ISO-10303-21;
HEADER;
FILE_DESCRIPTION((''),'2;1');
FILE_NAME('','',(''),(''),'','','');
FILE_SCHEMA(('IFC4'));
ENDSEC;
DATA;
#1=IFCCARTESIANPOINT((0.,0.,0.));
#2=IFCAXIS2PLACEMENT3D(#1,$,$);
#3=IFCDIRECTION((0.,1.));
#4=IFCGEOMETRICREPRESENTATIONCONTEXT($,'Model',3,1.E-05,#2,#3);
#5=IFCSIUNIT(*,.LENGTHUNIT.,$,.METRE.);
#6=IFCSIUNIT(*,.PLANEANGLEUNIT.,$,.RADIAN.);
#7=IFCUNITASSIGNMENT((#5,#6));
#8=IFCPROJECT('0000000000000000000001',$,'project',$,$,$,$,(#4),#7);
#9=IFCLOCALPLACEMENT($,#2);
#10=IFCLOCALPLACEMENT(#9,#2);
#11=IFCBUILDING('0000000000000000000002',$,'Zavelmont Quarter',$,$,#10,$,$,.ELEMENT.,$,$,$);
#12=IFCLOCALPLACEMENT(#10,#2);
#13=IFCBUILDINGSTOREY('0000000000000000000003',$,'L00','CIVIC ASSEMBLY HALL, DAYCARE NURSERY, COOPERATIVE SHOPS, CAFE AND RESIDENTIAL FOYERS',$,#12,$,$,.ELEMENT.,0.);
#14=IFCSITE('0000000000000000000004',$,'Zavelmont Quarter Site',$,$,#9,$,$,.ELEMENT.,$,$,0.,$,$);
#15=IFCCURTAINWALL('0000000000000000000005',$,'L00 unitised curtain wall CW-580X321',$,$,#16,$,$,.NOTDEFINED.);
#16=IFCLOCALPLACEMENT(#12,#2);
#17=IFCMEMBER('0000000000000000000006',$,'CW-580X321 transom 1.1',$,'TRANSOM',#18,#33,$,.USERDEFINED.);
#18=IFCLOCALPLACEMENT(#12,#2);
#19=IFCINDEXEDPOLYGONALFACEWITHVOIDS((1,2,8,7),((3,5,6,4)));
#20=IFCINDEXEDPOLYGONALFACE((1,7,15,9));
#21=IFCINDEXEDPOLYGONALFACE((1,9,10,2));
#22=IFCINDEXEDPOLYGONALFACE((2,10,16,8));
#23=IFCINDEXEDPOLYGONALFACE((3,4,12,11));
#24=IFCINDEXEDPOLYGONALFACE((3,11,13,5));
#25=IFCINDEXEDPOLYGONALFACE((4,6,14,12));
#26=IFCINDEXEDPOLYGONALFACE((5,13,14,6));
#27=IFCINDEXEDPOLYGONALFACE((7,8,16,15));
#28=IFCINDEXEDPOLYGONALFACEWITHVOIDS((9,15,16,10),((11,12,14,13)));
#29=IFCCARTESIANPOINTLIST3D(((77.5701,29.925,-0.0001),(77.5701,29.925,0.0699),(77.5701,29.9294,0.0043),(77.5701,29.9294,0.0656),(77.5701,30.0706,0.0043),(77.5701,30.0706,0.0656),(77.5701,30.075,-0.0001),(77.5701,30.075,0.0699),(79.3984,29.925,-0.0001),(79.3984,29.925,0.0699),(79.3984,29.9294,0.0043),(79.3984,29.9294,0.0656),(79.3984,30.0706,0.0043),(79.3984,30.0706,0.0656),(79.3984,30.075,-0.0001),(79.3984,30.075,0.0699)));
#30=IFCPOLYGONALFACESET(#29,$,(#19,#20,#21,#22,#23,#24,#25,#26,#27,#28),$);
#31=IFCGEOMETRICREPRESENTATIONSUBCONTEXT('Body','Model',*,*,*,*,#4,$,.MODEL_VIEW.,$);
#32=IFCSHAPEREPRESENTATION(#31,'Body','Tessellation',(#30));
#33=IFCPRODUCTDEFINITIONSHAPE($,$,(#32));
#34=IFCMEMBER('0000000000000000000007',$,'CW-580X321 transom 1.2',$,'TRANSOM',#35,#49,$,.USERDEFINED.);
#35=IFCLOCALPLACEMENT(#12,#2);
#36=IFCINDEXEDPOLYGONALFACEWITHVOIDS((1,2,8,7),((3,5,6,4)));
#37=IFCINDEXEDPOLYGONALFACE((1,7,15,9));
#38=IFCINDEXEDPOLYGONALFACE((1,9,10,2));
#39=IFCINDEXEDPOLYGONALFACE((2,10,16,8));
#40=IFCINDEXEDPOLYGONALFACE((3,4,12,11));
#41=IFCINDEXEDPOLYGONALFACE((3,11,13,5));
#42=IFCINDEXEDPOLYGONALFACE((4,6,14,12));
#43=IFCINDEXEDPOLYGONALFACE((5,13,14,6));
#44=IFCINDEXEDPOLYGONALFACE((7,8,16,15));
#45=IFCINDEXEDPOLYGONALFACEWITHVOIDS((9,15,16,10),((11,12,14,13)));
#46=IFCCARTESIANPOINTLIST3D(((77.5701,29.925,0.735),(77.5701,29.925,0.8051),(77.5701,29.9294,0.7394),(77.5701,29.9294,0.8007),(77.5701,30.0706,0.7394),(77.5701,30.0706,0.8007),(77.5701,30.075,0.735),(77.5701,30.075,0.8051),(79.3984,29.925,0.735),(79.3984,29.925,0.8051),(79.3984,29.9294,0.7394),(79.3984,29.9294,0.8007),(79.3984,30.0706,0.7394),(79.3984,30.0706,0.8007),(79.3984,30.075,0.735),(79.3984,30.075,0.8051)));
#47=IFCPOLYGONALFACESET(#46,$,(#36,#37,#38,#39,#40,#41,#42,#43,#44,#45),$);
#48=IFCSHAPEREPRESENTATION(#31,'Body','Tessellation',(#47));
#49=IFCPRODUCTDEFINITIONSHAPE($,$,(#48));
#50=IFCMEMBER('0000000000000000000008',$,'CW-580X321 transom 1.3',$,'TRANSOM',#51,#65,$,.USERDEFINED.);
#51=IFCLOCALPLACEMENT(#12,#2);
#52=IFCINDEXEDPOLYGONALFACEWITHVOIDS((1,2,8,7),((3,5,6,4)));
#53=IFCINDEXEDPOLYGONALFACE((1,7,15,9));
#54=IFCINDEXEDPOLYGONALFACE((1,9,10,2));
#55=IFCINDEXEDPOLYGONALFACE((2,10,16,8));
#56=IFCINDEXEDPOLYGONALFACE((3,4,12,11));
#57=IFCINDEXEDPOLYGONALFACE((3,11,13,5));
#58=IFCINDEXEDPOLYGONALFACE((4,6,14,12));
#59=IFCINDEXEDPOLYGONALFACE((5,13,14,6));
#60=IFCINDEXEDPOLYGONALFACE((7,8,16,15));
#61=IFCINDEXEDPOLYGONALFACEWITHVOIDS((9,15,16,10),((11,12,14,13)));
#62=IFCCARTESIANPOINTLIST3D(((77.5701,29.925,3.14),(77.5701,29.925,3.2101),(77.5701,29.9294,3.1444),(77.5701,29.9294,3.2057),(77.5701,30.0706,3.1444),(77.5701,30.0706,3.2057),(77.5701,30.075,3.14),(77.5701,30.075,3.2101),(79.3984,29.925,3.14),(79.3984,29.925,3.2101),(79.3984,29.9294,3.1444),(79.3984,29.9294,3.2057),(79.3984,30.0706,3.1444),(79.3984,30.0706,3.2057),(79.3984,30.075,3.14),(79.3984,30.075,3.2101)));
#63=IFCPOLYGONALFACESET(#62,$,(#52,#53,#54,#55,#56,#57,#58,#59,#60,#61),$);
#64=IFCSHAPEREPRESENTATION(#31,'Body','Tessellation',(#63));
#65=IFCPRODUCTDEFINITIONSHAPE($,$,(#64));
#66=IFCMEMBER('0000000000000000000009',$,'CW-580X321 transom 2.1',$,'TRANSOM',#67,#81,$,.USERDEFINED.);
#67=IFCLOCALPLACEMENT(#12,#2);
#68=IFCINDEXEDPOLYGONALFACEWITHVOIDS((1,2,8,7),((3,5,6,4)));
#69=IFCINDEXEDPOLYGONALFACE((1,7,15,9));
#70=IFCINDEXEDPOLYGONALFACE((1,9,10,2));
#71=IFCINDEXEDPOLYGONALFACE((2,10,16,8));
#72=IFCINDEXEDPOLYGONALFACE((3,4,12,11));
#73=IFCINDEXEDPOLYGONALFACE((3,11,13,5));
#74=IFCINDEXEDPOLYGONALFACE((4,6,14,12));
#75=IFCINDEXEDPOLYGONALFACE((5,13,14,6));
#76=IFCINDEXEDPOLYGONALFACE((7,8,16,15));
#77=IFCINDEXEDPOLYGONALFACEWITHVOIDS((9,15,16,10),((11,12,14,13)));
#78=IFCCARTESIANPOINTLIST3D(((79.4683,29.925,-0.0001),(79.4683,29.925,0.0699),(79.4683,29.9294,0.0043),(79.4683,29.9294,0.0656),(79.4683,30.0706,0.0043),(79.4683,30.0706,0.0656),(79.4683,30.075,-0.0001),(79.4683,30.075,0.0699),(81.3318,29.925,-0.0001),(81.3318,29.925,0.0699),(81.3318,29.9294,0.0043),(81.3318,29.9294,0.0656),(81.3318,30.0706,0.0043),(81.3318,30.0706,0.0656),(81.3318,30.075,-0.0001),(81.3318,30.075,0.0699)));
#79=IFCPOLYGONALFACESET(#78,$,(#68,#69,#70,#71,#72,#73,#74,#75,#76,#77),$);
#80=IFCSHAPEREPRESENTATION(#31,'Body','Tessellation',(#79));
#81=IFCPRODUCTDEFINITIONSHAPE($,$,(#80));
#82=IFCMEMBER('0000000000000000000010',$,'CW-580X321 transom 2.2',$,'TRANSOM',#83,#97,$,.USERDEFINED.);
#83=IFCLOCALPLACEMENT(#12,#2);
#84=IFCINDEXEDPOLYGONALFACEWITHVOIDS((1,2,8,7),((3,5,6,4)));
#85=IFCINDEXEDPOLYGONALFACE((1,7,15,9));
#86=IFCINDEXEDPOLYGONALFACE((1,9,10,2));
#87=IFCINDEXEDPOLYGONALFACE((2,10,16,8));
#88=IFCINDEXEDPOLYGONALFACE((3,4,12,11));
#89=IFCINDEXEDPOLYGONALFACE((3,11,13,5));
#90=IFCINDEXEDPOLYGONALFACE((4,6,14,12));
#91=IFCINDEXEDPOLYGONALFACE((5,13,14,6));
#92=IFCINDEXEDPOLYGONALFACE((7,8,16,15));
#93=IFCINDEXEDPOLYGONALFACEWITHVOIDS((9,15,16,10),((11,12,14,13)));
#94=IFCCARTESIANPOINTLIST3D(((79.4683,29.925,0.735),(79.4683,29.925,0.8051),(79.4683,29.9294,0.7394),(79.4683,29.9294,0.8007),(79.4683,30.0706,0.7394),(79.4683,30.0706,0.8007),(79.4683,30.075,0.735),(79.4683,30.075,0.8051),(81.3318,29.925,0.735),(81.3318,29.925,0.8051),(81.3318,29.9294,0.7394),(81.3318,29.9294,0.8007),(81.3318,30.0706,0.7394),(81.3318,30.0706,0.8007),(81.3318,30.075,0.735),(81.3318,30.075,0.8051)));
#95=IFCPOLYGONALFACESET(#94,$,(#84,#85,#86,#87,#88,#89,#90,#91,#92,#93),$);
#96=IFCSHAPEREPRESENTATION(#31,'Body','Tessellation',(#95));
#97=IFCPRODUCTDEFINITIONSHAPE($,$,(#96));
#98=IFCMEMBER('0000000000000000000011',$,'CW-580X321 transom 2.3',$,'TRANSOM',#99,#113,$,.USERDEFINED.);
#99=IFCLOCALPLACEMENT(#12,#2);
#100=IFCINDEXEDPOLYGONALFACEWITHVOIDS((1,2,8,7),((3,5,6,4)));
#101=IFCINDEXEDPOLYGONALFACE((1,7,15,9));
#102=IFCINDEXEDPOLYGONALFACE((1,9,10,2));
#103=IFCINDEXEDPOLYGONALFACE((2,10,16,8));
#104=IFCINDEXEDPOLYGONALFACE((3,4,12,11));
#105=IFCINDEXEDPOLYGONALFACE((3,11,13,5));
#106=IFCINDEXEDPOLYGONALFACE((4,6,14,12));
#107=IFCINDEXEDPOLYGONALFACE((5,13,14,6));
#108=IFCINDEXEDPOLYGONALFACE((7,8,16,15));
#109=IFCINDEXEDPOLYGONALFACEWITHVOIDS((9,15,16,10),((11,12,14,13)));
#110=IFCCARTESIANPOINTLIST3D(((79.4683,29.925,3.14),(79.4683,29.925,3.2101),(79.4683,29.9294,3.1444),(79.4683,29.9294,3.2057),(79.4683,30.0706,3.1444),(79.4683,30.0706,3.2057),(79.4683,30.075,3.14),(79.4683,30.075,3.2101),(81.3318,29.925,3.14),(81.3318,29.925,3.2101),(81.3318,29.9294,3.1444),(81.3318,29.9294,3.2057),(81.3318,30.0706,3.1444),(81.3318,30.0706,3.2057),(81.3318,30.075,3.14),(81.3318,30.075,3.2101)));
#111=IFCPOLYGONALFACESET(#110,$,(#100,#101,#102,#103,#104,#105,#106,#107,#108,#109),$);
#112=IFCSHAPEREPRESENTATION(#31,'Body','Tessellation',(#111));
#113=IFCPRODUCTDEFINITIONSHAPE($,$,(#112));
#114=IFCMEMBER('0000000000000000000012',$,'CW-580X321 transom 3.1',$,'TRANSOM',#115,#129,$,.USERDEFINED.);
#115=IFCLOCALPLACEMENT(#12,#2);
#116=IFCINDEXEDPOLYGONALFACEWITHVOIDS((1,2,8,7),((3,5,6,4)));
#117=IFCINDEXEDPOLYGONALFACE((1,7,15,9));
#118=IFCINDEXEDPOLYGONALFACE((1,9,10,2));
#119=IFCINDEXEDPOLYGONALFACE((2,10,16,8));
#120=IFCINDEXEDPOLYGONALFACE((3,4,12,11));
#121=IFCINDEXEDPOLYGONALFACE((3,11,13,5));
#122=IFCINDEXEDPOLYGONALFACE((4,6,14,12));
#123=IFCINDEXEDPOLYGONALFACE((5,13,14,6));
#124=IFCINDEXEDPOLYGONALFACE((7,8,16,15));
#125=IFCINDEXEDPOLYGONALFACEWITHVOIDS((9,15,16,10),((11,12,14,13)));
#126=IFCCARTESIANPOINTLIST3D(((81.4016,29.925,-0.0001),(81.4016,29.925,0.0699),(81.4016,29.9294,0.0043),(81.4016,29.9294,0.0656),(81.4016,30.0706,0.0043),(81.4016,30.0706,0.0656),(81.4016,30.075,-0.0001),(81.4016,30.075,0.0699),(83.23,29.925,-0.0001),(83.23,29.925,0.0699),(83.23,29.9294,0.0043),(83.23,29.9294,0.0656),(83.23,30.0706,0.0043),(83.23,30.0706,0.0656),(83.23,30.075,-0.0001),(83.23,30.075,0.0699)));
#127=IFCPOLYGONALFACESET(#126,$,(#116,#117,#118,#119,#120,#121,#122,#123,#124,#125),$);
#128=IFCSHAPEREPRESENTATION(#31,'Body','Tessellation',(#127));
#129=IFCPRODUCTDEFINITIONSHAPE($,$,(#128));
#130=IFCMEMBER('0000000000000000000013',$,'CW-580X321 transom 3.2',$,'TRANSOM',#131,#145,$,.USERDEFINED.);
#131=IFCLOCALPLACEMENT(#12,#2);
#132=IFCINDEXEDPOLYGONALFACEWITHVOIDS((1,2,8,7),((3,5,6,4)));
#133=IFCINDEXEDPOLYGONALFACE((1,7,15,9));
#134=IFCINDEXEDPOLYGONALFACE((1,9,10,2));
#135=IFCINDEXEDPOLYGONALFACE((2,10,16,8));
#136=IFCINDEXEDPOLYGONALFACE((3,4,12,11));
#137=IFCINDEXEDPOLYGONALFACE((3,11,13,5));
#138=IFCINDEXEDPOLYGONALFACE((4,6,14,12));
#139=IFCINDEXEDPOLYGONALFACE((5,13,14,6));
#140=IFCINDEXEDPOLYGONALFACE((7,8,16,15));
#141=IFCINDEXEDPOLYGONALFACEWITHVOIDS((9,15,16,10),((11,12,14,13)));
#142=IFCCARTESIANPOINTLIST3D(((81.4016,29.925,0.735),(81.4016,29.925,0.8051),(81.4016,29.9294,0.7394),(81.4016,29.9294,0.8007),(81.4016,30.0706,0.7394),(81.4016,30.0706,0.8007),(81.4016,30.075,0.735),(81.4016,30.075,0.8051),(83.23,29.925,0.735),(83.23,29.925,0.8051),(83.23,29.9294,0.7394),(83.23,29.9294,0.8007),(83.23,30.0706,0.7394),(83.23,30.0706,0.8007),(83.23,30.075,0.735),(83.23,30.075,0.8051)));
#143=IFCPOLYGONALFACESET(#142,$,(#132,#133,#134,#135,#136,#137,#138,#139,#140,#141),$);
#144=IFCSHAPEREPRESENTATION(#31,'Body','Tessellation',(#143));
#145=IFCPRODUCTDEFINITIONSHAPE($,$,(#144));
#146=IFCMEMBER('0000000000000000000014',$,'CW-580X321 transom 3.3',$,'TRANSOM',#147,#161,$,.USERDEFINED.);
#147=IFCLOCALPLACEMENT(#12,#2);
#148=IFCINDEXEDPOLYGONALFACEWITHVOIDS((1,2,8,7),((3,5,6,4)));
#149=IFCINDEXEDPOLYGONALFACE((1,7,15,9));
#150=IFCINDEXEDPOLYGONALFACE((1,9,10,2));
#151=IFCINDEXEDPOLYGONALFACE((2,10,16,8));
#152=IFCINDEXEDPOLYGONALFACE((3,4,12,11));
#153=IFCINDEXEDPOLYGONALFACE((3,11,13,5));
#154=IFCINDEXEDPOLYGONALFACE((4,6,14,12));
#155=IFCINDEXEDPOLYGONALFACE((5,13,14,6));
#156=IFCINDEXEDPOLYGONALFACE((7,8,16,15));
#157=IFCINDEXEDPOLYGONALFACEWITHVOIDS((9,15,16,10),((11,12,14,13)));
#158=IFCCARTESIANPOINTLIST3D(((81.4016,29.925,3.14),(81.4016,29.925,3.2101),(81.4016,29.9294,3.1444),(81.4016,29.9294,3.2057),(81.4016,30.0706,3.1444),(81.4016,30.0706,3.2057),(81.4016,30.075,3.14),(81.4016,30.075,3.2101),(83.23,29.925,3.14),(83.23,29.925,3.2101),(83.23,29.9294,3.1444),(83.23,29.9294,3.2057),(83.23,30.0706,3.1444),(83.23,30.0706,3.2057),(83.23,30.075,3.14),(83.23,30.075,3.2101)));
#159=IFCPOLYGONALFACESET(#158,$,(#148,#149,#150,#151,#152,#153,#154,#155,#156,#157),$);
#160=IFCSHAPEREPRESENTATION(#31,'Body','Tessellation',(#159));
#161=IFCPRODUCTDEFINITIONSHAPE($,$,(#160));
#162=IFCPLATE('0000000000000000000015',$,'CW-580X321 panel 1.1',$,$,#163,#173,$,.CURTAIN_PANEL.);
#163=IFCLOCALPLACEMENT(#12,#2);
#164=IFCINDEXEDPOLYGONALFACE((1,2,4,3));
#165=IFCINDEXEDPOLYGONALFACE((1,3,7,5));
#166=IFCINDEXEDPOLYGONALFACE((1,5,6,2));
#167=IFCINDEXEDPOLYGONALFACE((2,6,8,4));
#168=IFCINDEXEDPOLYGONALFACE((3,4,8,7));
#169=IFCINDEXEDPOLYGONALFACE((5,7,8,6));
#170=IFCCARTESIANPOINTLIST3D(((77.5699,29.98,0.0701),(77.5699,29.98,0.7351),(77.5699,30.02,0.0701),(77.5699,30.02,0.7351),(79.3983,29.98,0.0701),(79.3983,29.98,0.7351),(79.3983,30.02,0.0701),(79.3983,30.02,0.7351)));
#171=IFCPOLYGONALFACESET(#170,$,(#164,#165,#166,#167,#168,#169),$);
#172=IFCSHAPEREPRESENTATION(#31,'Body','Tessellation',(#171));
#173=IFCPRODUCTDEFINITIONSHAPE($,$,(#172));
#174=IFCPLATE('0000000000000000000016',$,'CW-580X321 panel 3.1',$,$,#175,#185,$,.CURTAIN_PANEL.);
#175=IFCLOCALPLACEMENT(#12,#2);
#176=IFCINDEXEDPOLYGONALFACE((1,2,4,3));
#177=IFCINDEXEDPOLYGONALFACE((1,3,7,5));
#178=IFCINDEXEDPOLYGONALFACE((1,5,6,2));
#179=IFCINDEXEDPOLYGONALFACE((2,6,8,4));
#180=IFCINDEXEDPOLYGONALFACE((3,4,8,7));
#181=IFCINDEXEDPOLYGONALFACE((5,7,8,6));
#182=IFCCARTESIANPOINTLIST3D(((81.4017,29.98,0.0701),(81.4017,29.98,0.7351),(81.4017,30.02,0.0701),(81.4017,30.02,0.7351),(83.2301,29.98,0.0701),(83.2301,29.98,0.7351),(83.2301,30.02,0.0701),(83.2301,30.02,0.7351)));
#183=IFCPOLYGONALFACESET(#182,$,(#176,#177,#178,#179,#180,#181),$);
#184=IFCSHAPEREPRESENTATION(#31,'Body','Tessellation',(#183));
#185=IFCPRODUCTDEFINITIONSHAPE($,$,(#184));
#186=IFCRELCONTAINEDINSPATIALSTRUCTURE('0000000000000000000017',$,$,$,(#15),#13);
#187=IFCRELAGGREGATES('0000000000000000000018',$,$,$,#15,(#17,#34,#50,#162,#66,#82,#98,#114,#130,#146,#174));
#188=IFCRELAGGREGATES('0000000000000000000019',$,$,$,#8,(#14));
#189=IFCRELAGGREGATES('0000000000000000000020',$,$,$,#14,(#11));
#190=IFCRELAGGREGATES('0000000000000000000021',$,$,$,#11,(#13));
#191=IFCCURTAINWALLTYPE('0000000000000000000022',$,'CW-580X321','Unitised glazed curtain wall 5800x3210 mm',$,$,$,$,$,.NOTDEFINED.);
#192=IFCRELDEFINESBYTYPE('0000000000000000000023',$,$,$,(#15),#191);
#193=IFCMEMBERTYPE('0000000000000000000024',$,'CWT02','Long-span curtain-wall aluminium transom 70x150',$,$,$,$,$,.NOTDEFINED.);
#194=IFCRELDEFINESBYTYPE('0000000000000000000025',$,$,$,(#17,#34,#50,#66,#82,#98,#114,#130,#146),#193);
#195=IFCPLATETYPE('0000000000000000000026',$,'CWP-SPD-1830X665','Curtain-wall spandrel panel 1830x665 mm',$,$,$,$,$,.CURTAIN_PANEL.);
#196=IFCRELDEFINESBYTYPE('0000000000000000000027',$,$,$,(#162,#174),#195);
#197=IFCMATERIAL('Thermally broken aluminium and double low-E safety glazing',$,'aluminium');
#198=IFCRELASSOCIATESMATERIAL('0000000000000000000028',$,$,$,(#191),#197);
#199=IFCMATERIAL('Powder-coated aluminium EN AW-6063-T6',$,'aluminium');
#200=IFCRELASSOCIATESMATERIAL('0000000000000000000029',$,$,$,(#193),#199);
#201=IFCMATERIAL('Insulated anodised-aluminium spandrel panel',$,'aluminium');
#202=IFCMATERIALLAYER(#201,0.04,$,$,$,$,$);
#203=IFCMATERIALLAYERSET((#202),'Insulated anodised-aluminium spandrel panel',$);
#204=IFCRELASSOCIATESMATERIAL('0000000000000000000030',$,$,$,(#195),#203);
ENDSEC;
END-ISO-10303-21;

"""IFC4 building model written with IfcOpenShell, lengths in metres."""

from ifc_helpers import new_model, si_unit, direction, frame, origin, origin_2d, place, context, subcontext, project, spatial, rectangle, hollow_rectangle, extrude, material, layer, layer_set, material_profile, profile_set, type_object, element, aggregate, save


model = new_model("IFC4")

# Units and contexts
model_context = context("Model", 3, precision=1e-05, world=origin(), true_north=direction((0.0, 1.0)))
body_context = subcontext(model_context, "Body", "Model", "MODEL_VIEW")
ifc_project = project(units=[si_unit("LENGTHUNIT", "METRE"), si_unit("PLANEANGLEUNIT", "RADIAN")], contexts=[model_context])

# Site, building, storey
site_placement = place(None, origin())
site = spatial("IfcSite", under=ifc_project, at=site_placement, Name="Zavelmont Quarter Site", CompositionType="ELEMENT", RefElevation=0.0)
building_placement = place(site_placement, origin())
building = spatial("IfcBuilding", under=site, at=building_placement, Name="Zavelmont Quarter", CompositionType="ELEMENT")
storey_placement = place(building_placement, origin())
storey = spatial("IfcBuildingStorey", under=building, at=storey_placement, Name="L00", Description="CIVIC ASSEMBLY HALL, DAYCARE NURSERY, COOPERATIVE SHOPS, CAFE AND RESIDENTIAL FOYERS", CompositionType="ELEMENT", Elevation=0.0)

# Curtain wall, members, plates
ifc_material_1 = material(Name="Thermally broken aluminium and double low-E safety glazing", Category="aluminium")
curtain_wall_type = type_object("IfcCurtainWallType", Name="CW-580X321", Description="Unitised glazed curtain wall 5800x3210 mm", PredefinedType="NOTDEFINED", material=ifc_material_1)
curtain_wall_placement = place(storey_placement, origin())
curtain_wall = element("IfcCurtainWall", 1, at=curtain_wall_placement, inside=storey, type_object=curtain_wall_type, Name="L00 unitised curtain wall CW-580X321", PredefinedType="NOTDEFINED")
ifc_material_2 = material(Name="Powder-coated aluminium EN AW-6063-T6", Category="aluminium")
ifc_material_profile_1 = material_profile(ifc_material_2, hollow_rectangle(XDim=0.1499, YDim=0.0701, WallThickness=0.0044, at=origin_2d()), Name="CWT70X150")
ifc_profile_set_1 = profile_set([ifc_material_profile_1], Name="Powder-coated aluminium EN AW-6063-T6")
member_type_1 = type_object("IfcMemberType", Name="CWT02", Description="Long-span curtain-wall aluminium transom 70x150", PredefinedType="NOTDEFINED", material=ifc_profile_set_1)
member_1_placement = place(storey_placement, frame((77.5701, 30.0, 0.0349), z_axis=(1.0, 0.0, 0.0), x_axis=(0.0, 1.0, 0.0)))
member_1 = element("IfcMember", 2, at=member_1_placement, type_object=member_type_1, Name="CW-580X321 transom 1.1", ObjectType="TRANSOM", PredefinedType="USERDEFINED", context=body_context, shape_type="SweptSolid", body=[
    extrude(hollow_rectangle(XDim=0.1499, YDim=0.0701, WallThickness=0.0044, at=origin_2d()), origin(), (0.0, 0.0, 1.0), 1.8284),
])
member_2_placement = place(storey_placement, frame((77.5701, 30.0, 0.77), z_axis=(1.0, 0.0, 0.0), x_axis=(0.0, 1.0, 0.0)))
member_2 = element("IfcMember", 3, at=member_2_placement, type_object=member_type_1, Name="CW-580X321 transom 1.2", ObjectType="TRANSOM", PredefinedType="USERDEFINED", context=body_context, shape_type="SweptSolid", body=[
    extrude(hollow_rectangle(XDim=0.1499, YDim=0.0701, WallThickness=0.0044, at=origin_2d()), origin(), (0.0, 0.0, 1.0), 1.8284),
])
member_3_placement = place(storey_placement, frame((77.5701, 30.0, 3.175), z_axis=(1.0, 0.0, 0.0), x_axis=(0.0, 1.0, 0.0)))
member_3 = element("IfcMember", 4, at=member_3_placement, type_object=member_type_1, Name="CW-580X321 transom 1.3", ObjectType="TRANSOM", PredefinedType="USERDEFINED", context=body_context, shape_type="SweptSolid", body=[
    extrude(hollow_rectangle(XDim=0.1499, YDim=0.0701, WallThickness=0.0044, at=origin_2d()), origin(), (0.0, 0.0, 1.0), 1.8284),
])
member_4_placement = place(storey_placement, frame((79.4683, 30.0, 0.0349), z_axis=(1.0, 0.0, 0.0), x_axis=(0.0, 1.0, 0.0)))
member_4 = element("IfcMember", 5, at=member_4_placement, type_object=member_type_1, Name="CW-580X321 transom 2.1", ObjectType="TRANSOM", PredefinedType="USERDEFINED", context=body_context, shape_type="SweptSolid", body=[
    extrude(hollow_rectangle(XDim=0.1499, YDim=0.0701, WallThickness=0.0044, at=origin_2d()), origin(), (0.0, 0.0, 1.0), 1.8635),
])
member_5_placement = place(storey_placement, frame((79.4683, 30.0, 0.77), z_axis=(1.0, 0.0, 0.0), x_axis=(0.0, 1.0, 0.0)))
member_5 = element("IfcMember", 6, at=member_5_placement, type_object=member_type_1, Name="CW-580X321 transom 2.2", ObjectType="TRANSOM", PredefinedType="USERDEFINED", context=body_context, shape_type="SweptSolid", body=[
    extrude(hollow_rectangle(XDim=0.1499, YDim=0.0701, WallThickness=0.0044, at=origin_2d()), origin(), (0.0, 0.0, 1.0), 1.8635),
])
member_6_placement = place(storey_placement, frame((79.4683, 30.0, 3.175), z_axis=(1.0, 0.0, 0.0), x_axis=(0.0, 1.0, 0.0)))
member_6 = element("IfcMember", 7, at=member_6_placement, type_object=member_type_1, Name="CW-580X321 transom 2.3", ObjectType="TRANSOM", PredefinedType="USERDEFINED", context=body_context, shape_type="SweptSolid", body=[
    extrude(hollow_rectangle(XDim=0.1499, YDim=0.0701, WallThickness=0.0044, at=origin_2d()), origin(), (0.0, 0.0, 1.0), 1.8635),
])
member_7_placement = place(storey_placement, frame((81.4016, 30.0, 0.0349), z_axis=(1.0, 0.0, 0.0), x_axis=(0.0, 1.0, 0.0)))
member_7 = element("IfcMember", 8, at=member_7_placement, type_object=member_type_1, Name="CW-580X321 transom 3.1", ObjectType="TRANSOM", PredefinedType="USERDEFINED", context=body_context, shape_type="SweptSolid", body=[
    extrude(hollow_rectangle(XDim=0.1499, YDim=0.0701, WallThickness=0.0044, at=origin_2d()), origin(), (0.0, 0.0, 1.0), 1.8284),
])
member_8_placement = place(storey_placement, frame((81.4016, 30.0, 0.77), z_axis=(1.0, 0.0, 0.0), x_axis=(0.0, 1.0, 0.0)))
member_8 = element("IfcMember", 9, at=member_8_placement, type_object=member_type_1, Name="CW-580X321 transom 3.2", ObjectType="TRANSOM", PredefinedType="USERDEFINED", context=body_context, shape_type="SweptSolid", body=[
    extrude(hollow_rectangle(XDim=0.1499, YDim=0.0701, WallThickness=0.0044, at=origin_2d()), origin(), (0.0, 0.0, 1.0), 1.8284),
])
member_9_placement = place(storey_placement, frame((81.4016, 30.0, 3.175), z_axis=(1.0, 0.0, 0.0), x_axis=(0.0, 1.0, 0.0)))
member_9 = element("IfcMember", 10, at=member_9_placement, type_object=member_type_1, Name="CW-580X321 transom 3.3", ObjectType="TRANSOM", PredefinedType="USERDEFINED", context=body_context, shape_type="SweptSolid", body=[
    extrude(hollow_rectangle(XDim=0.1499, YDim=0.0701, WallThickness=0.0044, at=origin_2d()), origin(), (0.0, 0.0, 1.0), 1.8284),
])
ifc_material_3 = material(Name="Insulated anodised-aluminium spandrel panel", Category="aluminium")
ifc_layer_1 = layer(ifc_material_3, 0.04)
ifc_layer_set_1 = layer_set([ifc_layer_1], Name="Insulated anodised-aluminium spandrel panel")
plate_type_1 = type_object("IfcPlateType", Name="CWP-SPD-1830X665", Description="Curtain-wall spandrel panel 1830x665 mm", PredefinedType="CURTAIN_PANEL", material=ifc_layer_set_1)
plate_1_placement = place(storey_placement, frame((78.4841, 30.0, 0.0701), z_axis=(0.0, 0.0, 1.0), x_axis=(1.0, 0.0, 0.0)))
plate_1 = element("IfcPlate", 11, at=plate_1_placement, type_object=plate_type_1, Name="CW-580X321 panel 1.1", PredefinedType="CURTAIN_PANEL", context=body_context, shape_type="SweptSolid", body=[
    extrude(rectangle(XDim=1.8284, YDim=0.04, at=origin_2d()), origin(), (0.0, 0.0, 1.0), 0.665),
])
plate_2_placement = place(storey_placement, frame((82.3159, 30.0, 0.0701), z_axis=(0.0, 0.0, 1.0), x_axis=(1.0, 0.0, 0.0)))
plate_2 = element("IfcPlate", 12, at=plate_2_placement, type_object=plate_type_1, Name="CW-580X321 panel 3.1", PredefinedType="CURTAIN_PANEL", context=body_context, shape_type="SweptSolid", body=[
    extrude(rectangle(XDim=1.8284, YDim=0.04, at=origin_2d()), origin(), (0.0, 0.0, 1.0), 0.665),
])
aggregate(curtain_wall, [member_1, member_2, member_3, plate_1, member_4, member_5, member_6, member_7, member_8, member_9, plate_2])

save(model, "model.ifc")
